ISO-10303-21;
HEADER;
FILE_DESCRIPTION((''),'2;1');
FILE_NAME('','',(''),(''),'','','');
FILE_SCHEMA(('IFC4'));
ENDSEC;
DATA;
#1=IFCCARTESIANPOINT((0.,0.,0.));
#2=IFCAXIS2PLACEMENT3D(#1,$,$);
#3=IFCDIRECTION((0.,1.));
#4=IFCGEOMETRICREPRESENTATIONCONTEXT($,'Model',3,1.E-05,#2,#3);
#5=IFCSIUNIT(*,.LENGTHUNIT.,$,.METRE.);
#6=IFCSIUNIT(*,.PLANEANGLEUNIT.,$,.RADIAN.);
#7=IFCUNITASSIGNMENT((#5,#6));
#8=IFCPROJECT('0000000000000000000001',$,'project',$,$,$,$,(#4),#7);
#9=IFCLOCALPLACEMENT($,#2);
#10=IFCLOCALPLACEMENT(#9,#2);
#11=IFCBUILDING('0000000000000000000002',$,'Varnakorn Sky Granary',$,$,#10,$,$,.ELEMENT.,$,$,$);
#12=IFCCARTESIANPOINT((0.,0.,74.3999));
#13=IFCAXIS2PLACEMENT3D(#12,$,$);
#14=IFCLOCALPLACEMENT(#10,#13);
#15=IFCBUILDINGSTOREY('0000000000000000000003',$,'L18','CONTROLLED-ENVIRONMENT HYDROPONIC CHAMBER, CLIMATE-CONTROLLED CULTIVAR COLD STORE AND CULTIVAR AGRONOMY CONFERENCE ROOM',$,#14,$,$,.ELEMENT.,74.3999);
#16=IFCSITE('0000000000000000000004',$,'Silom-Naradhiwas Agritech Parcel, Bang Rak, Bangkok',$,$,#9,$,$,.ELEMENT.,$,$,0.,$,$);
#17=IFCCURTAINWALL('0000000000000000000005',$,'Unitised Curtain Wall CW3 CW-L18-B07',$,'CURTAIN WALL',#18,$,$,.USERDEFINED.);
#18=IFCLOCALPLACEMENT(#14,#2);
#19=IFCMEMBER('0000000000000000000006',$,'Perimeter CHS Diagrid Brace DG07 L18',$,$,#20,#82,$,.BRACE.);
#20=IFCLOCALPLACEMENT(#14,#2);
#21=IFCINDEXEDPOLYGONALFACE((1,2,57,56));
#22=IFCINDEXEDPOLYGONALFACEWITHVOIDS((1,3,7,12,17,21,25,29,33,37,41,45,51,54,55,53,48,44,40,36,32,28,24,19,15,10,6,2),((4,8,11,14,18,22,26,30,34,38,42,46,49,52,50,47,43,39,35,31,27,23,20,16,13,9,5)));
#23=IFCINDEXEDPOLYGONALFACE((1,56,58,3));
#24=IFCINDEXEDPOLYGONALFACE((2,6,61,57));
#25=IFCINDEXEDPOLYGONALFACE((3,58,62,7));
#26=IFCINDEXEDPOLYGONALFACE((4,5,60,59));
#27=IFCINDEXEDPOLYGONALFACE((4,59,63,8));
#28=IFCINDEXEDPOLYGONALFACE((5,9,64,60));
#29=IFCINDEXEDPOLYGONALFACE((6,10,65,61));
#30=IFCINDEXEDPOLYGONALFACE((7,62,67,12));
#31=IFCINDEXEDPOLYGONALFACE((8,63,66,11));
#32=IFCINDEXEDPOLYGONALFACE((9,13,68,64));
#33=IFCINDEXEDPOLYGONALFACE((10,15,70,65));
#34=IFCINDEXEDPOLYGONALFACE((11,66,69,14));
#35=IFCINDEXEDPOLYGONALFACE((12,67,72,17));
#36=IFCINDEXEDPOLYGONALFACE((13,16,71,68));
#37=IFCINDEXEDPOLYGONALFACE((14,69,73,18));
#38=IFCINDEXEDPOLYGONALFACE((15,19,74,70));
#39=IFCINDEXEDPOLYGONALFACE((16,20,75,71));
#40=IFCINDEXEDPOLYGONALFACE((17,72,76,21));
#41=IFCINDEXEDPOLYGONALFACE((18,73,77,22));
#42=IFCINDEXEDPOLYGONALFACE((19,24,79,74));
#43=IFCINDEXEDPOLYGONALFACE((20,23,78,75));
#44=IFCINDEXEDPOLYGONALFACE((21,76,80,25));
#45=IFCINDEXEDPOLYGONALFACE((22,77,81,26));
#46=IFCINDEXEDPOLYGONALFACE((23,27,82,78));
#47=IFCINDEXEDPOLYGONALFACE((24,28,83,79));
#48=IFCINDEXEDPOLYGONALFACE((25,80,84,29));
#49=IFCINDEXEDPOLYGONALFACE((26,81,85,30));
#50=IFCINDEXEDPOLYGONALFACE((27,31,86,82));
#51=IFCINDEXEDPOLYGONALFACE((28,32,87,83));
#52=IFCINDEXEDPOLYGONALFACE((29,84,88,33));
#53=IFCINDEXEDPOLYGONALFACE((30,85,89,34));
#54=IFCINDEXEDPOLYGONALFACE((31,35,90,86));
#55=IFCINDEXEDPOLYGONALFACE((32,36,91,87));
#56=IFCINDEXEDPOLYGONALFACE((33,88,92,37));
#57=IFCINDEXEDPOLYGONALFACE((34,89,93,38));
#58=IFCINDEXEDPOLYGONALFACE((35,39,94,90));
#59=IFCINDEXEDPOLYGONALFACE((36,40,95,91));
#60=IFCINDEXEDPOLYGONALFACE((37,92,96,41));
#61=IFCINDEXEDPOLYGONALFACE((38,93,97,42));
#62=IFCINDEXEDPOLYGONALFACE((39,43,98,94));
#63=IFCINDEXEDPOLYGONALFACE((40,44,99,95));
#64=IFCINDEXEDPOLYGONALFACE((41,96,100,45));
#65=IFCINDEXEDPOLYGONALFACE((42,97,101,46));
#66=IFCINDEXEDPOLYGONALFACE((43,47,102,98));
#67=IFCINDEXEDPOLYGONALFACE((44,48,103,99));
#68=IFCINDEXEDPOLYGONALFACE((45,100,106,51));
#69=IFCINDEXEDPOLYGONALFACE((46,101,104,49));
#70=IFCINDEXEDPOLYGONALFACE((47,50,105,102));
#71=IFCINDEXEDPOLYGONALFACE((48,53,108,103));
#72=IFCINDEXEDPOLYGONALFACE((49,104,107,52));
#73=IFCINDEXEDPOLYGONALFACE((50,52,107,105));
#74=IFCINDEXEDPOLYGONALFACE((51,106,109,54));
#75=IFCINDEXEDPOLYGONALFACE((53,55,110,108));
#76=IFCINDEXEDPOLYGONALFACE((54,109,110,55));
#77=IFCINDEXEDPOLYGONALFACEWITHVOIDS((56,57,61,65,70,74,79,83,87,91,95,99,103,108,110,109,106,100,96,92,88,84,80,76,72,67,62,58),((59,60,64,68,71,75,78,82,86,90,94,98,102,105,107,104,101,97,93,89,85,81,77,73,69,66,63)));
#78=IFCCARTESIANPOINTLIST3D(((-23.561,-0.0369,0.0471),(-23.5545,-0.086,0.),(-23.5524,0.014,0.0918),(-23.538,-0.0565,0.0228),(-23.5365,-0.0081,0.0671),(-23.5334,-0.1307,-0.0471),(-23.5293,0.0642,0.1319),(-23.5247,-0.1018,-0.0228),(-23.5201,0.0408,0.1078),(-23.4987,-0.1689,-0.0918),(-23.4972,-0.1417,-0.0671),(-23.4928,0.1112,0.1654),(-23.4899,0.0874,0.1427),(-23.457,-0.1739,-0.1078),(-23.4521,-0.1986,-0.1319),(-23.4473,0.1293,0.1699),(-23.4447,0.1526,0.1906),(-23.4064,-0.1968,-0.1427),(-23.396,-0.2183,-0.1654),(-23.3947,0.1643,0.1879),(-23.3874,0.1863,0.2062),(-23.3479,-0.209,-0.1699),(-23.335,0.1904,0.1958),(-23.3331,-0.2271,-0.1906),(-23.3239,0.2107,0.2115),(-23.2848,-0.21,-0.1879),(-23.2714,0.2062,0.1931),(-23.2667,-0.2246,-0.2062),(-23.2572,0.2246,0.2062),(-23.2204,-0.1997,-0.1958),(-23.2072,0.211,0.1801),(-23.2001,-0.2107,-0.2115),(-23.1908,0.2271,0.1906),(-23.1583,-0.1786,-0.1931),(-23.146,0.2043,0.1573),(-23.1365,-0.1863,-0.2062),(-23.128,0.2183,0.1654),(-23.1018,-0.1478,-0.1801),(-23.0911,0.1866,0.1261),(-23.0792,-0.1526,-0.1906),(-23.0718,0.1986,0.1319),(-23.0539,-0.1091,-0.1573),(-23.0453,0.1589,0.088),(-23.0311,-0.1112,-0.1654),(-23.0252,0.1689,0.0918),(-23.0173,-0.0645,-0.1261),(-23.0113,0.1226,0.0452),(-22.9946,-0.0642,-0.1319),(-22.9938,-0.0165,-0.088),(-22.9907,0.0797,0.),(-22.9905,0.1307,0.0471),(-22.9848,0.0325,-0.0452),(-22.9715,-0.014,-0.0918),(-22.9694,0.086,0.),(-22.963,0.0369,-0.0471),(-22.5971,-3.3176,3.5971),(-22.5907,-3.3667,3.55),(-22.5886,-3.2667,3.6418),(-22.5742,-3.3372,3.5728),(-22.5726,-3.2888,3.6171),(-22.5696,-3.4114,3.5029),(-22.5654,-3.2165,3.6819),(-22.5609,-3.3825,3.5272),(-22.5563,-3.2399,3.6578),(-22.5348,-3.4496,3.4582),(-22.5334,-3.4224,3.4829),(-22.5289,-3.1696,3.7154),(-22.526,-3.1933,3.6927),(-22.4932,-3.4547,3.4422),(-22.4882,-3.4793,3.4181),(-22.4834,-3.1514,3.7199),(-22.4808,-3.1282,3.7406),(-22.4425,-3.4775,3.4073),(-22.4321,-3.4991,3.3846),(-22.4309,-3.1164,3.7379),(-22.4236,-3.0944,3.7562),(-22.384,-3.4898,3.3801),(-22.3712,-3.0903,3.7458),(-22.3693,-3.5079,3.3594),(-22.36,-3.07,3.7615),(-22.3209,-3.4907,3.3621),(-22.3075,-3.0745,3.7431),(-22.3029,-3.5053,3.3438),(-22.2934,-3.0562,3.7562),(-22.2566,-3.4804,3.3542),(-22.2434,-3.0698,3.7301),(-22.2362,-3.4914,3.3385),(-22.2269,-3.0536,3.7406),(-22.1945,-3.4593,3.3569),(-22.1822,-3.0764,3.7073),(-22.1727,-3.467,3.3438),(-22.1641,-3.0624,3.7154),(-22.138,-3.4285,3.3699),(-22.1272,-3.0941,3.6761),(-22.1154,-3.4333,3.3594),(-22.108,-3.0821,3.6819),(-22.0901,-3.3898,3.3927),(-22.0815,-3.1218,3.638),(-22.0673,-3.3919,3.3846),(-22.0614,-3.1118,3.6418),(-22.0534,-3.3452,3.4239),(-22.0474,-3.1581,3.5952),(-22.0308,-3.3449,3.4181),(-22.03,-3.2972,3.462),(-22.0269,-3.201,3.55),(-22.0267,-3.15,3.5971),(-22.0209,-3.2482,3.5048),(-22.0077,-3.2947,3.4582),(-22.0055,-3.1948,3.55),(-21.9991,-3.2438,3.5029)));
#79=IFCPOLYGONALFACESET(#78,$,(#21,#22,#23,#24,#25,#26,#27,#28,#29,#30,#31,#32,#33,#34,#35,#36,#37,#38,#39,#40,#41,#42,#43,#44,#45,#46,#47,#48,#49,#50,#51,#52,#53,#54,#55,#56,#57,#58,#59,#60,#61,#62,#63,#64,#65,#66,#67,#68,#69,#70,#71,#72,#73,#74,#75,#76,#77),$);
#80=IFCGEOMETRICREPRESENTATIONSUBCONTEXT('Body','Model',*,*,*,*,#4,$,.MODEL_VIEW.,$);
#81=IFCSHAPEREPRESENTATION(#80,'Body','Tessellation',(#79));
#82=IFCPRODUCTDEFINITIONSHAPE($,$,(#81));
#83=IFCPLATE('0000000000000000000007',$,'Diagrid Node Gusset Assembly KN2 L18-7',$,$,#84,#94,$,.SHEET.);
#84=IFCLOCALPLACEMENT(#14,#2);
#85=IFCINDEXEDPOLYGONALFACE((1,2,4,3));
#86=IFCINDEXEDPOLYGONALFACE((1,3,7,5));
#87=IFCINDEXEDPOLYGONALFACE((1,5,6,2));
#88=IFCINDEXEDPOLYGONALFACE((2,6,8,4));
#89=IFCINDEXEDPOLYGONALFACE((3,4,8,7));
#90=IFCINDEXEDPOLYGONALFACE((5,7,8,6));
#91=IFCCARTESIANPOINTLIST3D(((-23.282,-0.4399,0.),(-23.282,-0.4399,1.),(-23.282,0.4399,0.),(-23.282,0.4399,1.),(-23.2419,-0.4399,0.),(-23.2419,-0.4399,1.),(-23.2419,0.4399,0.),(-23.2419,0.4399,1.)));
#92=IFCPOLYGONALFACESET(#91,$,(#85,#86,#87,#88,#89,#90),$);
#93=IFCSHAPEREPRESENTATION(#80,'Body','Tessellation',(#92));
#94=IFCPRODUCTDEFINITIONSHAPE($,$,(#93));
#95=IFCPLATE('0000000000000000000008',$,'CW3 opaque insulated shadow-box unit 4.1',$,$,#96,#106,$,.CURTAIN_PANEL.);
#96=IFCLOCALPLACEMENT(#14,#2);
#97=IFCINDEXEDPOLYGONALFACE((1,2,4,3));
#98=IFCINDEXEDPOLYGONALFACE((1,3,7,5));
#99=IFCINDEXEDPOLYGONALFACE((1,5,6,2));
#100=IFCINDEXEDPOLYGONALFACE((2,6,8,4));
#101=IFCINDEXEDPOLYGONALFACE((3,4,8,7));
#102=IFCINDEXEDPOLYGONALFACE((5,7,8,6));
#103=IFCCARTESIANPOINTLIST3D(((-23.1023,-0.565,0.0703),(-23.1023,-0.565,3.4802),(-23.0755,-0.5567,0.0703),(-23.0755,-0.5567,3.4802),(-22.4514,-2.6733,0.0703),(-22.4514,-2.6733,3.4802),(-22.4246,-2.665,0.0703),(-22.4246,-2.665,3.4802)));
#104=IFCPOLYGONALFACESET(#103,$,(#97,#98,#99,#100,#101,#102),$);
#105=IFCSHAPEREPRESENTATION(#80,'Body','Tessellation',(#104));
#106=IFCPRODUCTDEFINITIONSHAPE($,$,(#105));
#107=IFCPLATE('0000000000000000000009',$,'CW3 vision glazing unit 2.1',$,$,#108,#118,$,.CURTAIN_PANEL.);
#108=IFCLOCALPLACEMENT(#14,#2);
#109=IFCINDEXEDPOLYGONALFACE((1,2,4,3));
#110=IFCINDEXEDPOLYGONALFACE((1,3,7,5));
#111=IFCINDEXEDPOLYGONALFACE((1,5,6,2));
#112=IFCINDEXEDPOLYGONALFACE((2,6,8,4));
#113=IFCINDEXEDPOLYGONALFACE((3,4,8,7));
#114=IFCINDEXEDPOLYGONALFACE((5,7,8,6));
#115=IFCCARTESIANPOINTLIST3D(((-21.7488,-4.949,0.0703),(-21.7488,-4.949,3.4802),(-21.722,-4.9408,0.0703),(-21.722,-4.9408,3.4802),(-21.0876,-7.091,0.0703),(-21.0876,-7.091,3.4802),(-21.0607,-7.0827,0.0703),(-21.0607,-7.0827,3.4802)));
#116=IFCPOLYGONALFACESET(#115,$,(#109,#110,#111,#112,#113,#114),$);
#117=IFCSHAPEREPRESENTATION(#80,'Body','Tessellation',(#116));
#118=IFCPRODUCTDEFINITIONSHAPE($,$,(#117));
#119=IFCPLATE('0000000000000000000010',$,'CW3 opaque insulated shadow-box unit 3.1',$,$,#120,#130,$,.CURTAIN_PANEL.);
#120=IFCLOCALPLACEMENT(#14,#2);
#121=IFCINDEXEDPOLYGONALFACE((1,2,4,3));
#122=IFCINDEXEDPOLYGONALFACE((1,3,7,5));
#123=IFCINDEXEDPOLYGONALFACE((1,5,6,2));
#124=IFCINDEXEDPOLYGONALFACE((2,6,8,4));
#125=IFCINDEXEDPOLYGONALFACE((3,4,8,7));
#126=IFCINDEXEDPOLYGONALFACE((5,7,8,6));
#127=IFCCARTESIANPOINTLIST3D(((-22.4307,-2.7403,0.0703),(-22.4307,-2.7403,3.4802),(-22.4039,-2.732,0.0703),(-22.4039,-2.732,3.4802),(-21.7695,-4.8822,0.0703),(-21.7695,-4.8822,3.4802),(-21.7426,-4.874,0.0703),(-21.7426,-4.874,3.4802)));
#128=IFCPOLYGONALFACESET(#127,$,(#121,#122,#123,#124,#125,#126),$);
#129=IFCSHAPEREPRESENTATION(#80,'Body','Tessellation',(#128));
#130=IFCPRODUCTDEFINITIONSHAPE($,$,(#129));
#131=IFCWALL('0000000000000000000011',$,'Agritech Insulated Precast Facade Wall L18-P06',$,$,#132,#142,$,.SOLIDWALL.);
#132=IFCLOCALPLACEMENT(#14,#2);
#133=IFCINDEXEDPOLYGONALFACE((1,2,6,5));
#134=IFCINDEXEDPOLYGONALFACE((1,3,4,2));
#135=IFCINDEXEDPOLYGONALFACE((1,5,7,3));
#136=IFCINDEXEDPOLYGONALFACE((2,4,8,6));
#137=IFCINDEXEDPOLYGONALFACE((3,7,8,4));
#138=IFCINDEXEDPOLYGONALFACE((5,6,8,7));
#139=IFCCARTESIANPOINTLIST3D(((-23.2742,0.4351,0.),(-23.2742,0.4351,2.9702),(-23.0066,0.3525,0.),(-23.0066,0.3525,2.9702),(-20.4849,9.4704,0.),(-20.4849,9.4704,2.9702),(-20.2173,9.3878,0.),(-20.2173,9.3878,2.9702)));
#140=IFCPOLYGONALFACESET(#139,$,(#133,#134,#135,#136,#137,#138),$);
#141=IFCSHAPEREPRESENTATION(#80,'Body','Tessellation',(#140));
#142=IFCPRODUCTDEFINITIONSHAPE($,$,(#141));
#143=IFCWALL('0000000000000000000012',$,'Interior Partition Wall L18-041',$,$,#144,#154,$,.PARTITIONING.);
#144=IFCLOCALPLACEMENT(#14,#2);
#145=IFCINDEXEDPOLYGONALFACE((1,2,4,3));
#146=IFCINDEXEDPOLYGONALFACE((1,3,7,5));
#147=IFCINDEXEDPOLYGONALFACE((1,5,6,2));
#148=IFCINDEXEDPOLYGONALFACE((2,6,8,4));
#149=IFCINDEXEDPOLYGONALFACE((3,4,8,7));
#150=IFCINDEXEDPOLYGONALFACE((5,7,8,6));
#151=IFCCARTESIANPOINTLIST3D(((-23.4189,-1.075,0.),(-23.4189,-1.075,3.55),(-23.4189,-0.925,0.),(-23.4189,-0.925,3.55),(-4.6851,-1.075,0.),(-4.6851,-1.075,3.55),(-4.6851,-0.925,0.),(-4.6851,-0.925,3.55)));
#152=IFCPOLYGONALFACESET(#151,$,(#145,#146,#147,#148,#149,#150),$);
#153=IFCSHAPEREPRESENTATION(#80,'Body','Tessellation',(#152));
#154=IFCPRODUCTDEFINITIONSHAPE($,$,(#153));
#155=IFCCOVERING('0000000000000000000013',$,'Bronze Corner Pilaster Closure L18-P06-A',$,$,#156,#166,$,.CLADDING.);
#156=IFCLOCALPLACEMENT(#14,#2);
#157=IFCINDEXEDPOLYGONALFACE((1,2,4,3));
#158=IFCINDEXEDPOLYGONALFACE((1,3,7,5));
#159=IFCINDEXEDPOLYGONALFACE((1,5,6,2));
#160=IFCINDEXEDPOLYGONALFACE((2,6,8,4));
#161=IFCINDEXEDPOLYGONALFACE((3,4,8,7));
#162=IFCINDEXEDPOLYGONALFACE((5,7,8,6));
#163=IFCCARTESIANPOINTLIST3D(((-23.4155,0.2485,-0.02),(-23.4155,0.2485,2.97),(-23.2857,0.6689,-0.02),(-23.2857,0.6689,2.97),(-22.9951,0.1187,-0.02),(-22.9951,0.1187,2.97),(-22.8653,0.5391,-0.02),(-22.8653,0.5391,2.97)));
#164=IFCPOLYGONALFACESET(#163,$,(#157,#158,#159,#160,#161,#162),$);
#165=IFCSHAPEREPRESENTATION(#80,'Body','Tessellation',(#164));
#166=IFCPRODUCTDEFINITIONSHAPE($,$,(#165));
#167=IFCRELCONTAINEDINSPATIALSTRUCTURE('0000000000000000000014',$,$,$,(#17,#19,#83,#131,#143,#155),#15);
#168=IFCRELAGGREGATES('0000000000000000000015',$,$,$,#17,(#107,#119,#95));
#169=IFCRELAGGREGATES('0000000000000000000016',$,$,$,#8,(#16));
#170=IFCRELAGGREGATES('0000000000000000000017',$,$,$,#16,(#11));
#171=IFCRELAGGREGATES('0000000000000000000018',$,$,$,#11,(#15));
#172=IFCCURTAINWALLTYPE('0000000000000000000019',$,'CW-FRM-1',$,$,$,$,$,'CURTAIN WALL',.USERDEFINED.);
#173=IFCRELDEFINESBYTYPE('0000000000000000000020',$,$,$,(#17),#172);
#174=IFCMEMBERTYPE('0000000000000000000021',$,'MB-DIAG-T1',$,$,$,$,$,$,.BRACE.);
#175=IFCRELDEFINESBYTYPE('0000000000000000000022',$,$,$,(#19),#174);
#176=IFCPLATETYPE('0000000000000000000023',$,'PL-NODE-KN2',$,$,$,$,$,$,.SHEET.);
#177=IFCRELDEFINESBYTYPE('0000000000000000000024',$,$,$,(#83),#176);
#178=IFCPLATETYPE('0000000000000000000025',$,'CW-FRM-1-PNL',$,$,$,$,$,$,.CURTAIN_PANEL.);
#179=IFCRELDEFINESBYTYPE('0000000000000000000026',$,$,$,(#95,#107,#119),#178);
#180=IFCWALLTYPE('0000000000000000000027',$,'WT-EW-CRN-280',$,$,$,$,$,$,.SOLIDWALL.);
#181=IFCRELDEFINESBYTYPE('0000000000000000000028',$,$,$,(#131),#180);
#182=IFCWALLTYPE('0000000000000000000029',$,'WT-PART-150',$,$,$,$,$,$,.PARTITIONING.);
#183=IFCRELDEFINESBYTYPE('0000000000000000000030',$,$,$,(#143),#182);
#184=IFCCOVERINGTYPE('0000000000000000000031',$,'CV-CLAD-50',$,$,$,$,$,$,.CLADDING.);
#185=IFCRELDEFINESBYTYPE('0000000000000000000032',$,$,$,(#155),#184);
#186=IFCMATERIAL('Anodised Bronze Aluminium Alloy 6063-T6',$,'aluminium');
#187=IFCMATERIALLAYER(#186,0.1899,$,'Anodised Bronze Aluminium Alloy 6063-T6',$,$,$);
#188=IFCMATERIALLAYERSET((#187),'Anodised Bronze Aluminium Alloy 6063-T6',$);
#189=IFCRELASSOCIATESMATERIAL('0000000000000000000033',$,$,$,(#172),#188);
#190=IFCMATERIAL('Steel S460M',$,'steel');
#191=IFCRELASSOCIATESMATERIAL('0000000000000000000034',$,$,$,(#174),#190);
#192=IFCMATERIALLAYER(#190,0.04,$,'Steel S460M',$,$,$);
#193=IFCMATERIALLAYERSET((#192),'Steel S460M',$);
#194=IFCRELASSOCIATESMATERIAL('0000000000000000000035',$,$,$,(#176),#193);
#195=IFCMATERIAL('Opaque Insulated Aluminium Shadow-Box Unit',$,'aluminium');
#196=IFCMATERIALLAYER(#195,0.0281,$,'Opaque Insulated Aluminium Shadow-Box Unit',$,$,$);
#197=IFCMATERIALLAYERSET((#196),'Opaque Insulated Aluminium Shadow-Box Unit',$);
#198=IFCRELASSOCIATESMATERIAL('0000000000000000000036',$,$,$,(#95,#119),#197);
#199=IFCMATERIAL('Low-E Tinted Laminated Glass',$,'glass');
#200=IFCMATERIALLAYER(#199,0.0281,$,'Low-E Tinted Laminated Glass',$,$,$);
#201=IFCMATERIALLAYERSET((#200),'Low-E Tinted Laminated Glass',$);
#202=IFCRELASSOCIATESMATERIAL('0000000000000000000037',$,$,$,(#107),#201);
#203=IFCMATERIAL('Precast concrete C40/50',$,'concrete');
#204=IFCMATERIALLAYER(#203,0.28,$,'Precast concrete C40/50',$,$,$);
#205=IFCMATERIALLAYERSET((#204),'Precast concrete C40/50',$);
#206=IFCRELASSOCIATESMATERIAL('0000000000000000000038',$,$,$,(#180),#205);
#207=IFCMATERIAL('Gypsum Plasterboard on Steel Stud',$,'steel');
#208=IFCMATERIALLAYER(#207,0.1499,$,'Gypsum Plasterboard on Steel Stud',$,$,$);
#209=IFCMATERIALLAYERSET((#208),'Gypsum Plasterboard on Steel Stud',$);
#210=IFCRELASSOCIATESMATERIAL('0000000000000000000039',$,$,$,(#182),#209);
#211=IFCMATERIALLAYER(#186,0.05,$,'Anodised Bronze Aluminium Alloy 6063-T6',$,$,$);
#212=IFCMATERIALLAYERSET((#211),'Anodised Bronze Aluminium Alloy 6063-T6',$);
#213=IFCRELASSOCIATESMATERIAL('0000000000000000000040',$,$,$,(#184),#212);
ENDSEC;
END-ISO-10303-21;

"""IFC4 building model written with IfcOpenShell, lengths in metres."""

from ifc_helpers import new_model, si_unit, direction, frame, frame_2d, origin, origin_2d, place, context, subcontext, project, spatial, rectangle, hollow_circle, extrude, source, transform, mapped, material, layer, layer_set, material_profile, profile_set, type_object, type_shapes, element, aggregate, save


model = new_model("IFC4")

# Units and contexts
model_context = context("Model", 3, precision=1e-05, world=origin(), true_north=direction((0.0, 1.0)))
body_context = subcontext(model_context, "Body", "Model", "MODEL_VIEW")
ifc_project = project(units=[si_unit("LENGTHUNIT", "METRE"), si_unit("PLANEANGLEUNIT", "RADIAN")], contexts=[model_context])

# Site, building, storey
site_placement = place(None, origin())
site = spatial("IfcSite", under=ifc_project, at=site_placement, Name="Silom-Naradhiwas Agritech Parcel, Bang Rak, Bangkok", CompositionType="ELEMENT", RefElevation=0.0)
building_placement = place(site_placement, origin())
building = spatial("IfcBuilding", under=site, at=building_placement, Name="Varnakorn Sky Granary", CompositionType="ELEMENT")
storey_placement = place(building_placement, frame((0.0, 0.0, 74.3999)))
storey = spatial("IfcBuildingStorey", under=building, at=storey_placement, Name="L18", Description="CONTROLLED-ENVIRONMENT HYDROPONIC CHAMBER, CLIMATE-CONTROLLED CULTIVAR COLD STORE AND CULTIVAR AGRONOMY CONFERENCE ROOM", CompositionType="ELEMENT", Elevation=74.3999)

# Shared definitions
ifc_material_1 = material(Name="Steel S460M", Category="steel")

# Curtain wall
ifc_material_2 = material(Name="Anodised Bronze Aluminium Alloy 6063-T6", Category="aluminium")
ifc_layer_1 = layer(ifc_material_2, 0.1899, Name="Anodised Bronze Aluminium Alloy 6063-T6")
ifc_layer_set_1 = layer_set([ifc_layer_1], Name="Anodised Bronze Aluminium Alloy 6063-T6")
curtain_wall_type = type_object("IfcCurtainWallType", Name="CW-FRM-1", ElementType="CURTAIN WALL", PredefinedType="USERDEFINED", material=ifc_layer_set_1)
curtain_wall_placement = place(storey_placement, origin())
curtain_wall = element("IfcCurtainWall", 1, at=curtain_wall_placement, inside=storey, type_object=curtain_wall_type, Name="Unitised Curtain Wall CW3 CW-L18-B07", ObjectType="CURTAIN WALL", PredefinedType="USERDEFINED")

# Member
ifc_material_profile_1 = material_profile(ifc_material_1, hollow_circle(Radius=0.3049, WallThickness=0.0222, at=origin_2d()), Name="CHS 610x22")
ifc_profile_set_1 = profile_set([ifc_material_profile_1], Name="Steel S460M")
member_type_1 = type_object("IfcMemberType", Name="MB-DIAG-T1", PredefinedType="BRACE", material=ifc_profile_set_1)
for number, where, z_axis, x_axis, name in (
    (2, (-23.262, 0.0, 0.0), (0.195549, -0.665601, 0.720234), (0.95945, 0.28188, 0.0), "Perimeter CHS Diagrid Brace DG07 L18"),
):
    element("IfcMember", number, at=place(storey_placement, frame(where, z_axis=z_axis, x_axis=x_axis)), inside=storey, type_object=member_type_1, Name=name, PredefinedType="BRACE", context=body_context, shape_type="SweptSolid", body=[
        extrude(hollow_circle(Radius=0.3049, WallThickness=0.0222, at=origin_2d()), origin(), (0.0, 0.0, 1.0), 4.929),
    ])

# Plates
ifc_layer_2 = layer(ifc_material_1, 0.04, Name="Steel S460M")
ifc_layer_set_2 = layer_set([ifc_layer_2], Name="Steel S460M")
plate_type_1 = type_object("IfcPlateType", Name="PL-NODE-KN2", PredefinedType="SHEET", material=ifc_layer_set_2)
plate_1_placement = place(storey_placement, frame((-23.262, 0.0, 0.0), z_axis=(0.0, 0.0, 1.0), x_axis=(0.0, -1.0, 0.0)))
element("IfcPlate", 3, at=plate_1_placement, inside=storey, type_object=plate_type_1, Name="Diagrid Node Gusset Assembly KN2 L18-7", PredefinedType="SHEET", context=body_context, shape_type="SweptSolid", body=[
    extrude(rectangle(XDim=0.8799, YDim=0.04, at=origin_2d()), origin(), (0.0, 0.0, 1.0), 1.0),
])
ifc_material_3 = material(Name="Opaque Insulated Aluminium Shadow-Box Unit", Category="aluminium")
ifc_layer_3 = layer(ifc_material_3, 0.0281, Name="Opaque Insulated Aluminium Shadow-Box Unit")
ifc_layer_set_3 = layer_set([ifc_layer_3], Name="Opaque Insulated Aluminium Shadow-Box Unit")
plate_type_2 = type_object("IfcPlateType", Name="CW-FRM-1-PNL", PredefinedType="CURTAIN_PANEL")
shared_shape_1 = source(origin(), body_context, "Body", "SweptSolid", [
    extrude(rectangle(XDim=2.2065, YDim=0.0281, at=origin_2d()), origin(), (0.0, 0.0, 1.0), 3.4099),
])
plate_2_placement = place(storey_placement, frame((-22.7634, -1.615, 0.0703), z_axis=(0.0, 0.0, 1.0), x_axis=(-0.294979, 0.955504, 0.0)))
plate_2 = element("IfcPlate", 4, at=plate_2_placement, type_object=plate_type_2, material=ifc_layer_set_3, Name="CW3 opaque insulated shadow-box unit 4.1", PredefinedType="CURTAIN_PANEL", context=body_context, shape_type="MappedRepresentation", body=[
    mapped(shared_shape_1, transform((0.0, 0.0, 0.0), x_axis=(1.0, 0.0, 0.0), y_axis=(0.0, 1.0, 0.0), z_axis=(0.0, 0.0, 1.0), scale=1.0)),
])
ifc_material_4 = material(Name="Low-E Tinted Laminated Glass", Category="glass")
ifc_layer_4 = layer(ifc_material_4, 0.0281, Name="Low-E Tinted Laminated Glass")
ifc_layer_set_4 = layer_set([ifc_layer_4], Name="Low-E Tinted Laminated Glass")
shared_shape_2 = source(origin(), body_context, "Body", "SweptSolid", [
    extrude(rectangle(XDim=2.2417, YDim=0.0281, at=origin_2d()), origin(), (0.0, 0.0, 1.0), 3.4099),
])
type_shapes(plate_type_2, [shared_shape_1, shared_shape_2])
plate_3_placement = place(storey_placement, frame((-21.4048, -6.0159, 0.0703), z_axis=(0.0, 0.0, 1.0), x_axis=(-0.294979, 0.955504, 0.0)))
plate_3 = element("IfcPlate", 5, at=plate_3_placement, type_object=plate_type_2, material=ifc_layer_set_4, Name="CW3 vision glazing unit 2.1", PredefinedType="CURTAIN_PANEL", context=body_context, shape_type="MappedRepresentation", body=[
    mapped(shared_shape_2, transform((0.0, 0.0, 0.0), x_axis=(1.0, 0.0, 0.0), y_axis=(0.0, 1.0, 0.0), z_axis=(0.0, 0.0, 1.0), scale=1.0)),
])
plate_4_placement = place(storey_placement, frame((-22.0867, -3.8071, 0.0703), z_axis=(0.0, 0.0, 1.0), x_axis=(-0.294979, 0.955504, 0.0)))
plate_4 = element("IfcPlate", 6, at=plate_4_placement, type_object=plate_type_2, material=ifc_layer_set_3, Name="CW3 opaque insulated shadow-box unit 3.1", PredefinedType="CURTAIN_PANEL", context=body_context, shape_type="MappedRepresentation", body=[
    mapped(shared_shape_2, transform((0.0, 0.0, 0.0), x_axis=(1.0, 0.0, 0.0), y_axis=(0.0, 1.0, 0.0), z_axis=(0.0, 0.0, 1.0), scale=1.0)),
])
aggregate(curtain_wall, [plate_3, plate_4, plate_2])

# Walls
ifc_material_5 = material(Name="Precast concrete C40/50", Category="concrete")
ifc_layer_5 = layer(ifc_material_5, 0.28, Name="Precast concrete C40/50")
ifc_layer_set_5 = layer_set([ifc_layer_5], Name="Precast concrete C40/50")
wall_type_1 = type_object("IfcWallType", Name="WT-EW-CRN-280", PredefinedType="SOLIDWALL", material=ifc_layer_set_5)
wall_1_placement = place(storey_placement, frame((-23.1404, 0.3938, 0.0), z_axis=(0.0, 0.0, 1.0), x_axis=(0.294973, 0.955506, 0.0)))
element("IfcWall", 7, at=wall_1_placement, inside=storey, type_object=wall_type_1, Name="Agritech Insulated Precast Facade Wall L18-P06", PredefinedType="SOLIDWALL", context=body_context, shape_type="SweptSolid", body=[
    extrude(rectangle(XDim=9.4561, YDim=0.28, at=frame_2d((4.728, 0.0))), origin(), (0.0, 0.0, 1.0), 2.9702),
])
ifc_material_6 = material(Name="Gypsum Plasterboard on Steel Stud", Category="steel")
ifc_layer_6 = layer(ifc_material_6, 0.1499, Name="Gypsum Plasterboard on Steel Stud")
ifc_layer_set_6 = layer_set([ifc_layer_6], Name="Gypsum Plasterboard on Steel Stud")
wall_type_2 = type_object("IfcWallType", Name="WT-PART-150", PredefinedType="PARTITIONING", material=ifc_layer_set_6)
wall_2_placement = place(storey_placement, frame((-23.4189, -1.0, 0.0), z_axis=(0.0, 0.0, 1.0), x_axis=(1.0, 0.0, 0.0)))
element("IfcWall", 8, at=wall_2_placement, inside=storey, type_object=wall_type_2, Name="Interior Partition Wall L18-041", PredefinedType="PARTITIONING", context=body_context, shape_type="SweptSolid", body=[
    extrude(rectangle(XDim=18.7339, YDim=0.1499, at=frame_2d((9.3669, 0.0))), origin(), (0.0, 0.0, 1.0), 3.55),
])

# Covering
ifc_layer_7 = layer(ifc_material_2, 0.05, Name="Anodised Bronze Aluminium Alloy 6063-T6")
ifc_layer_set_7 = layer_set([ifc_layer_7], Name="Anodised Bronze Aluminium Alloy 6063-T6")
covering_type = type_object("IfcCoveringType", Name="CV-CLAD-50", PredefinedType="CLADDING", material=ifc_layer_set_7)
shared_shape_3 = source(origin(), body_context, "Body", "SweptSolid", [
    extrude(rectangle(XDim=0.4399, YDim=0.4399, at=origin_2d()), origin(), (0.0, 0.0, 1.0), 2.99),
])
type_shapes(covering_type, [shared_shape_3])
covering_placement = place(storey_placement, frame((-23.1404, 0.3938, -0.02), z_axis=(0.0, 0.0, 1.0), x_axis=(0.295041, 0.955485, 0.0)))
element("IfcCovering", 9, at=covering_placement, inside=storey, type_object=covering_type, Name="Bronze Corner Pilaster Closure L18-P06-A", PredefinedType="CLADDING", context=body_context, shape_type="MappedRepresentation", body=[
    mapped(shared_shape_3, transform((0.0, 0.0, 0.0), x_axis=(1.0, 0.0, 0.0), y_axis=(0.0, 1.0, 0.0), z_axis=(0.0, 0.0, 1.0), scale=1.0)),
])

save(model, "model.ifc")
